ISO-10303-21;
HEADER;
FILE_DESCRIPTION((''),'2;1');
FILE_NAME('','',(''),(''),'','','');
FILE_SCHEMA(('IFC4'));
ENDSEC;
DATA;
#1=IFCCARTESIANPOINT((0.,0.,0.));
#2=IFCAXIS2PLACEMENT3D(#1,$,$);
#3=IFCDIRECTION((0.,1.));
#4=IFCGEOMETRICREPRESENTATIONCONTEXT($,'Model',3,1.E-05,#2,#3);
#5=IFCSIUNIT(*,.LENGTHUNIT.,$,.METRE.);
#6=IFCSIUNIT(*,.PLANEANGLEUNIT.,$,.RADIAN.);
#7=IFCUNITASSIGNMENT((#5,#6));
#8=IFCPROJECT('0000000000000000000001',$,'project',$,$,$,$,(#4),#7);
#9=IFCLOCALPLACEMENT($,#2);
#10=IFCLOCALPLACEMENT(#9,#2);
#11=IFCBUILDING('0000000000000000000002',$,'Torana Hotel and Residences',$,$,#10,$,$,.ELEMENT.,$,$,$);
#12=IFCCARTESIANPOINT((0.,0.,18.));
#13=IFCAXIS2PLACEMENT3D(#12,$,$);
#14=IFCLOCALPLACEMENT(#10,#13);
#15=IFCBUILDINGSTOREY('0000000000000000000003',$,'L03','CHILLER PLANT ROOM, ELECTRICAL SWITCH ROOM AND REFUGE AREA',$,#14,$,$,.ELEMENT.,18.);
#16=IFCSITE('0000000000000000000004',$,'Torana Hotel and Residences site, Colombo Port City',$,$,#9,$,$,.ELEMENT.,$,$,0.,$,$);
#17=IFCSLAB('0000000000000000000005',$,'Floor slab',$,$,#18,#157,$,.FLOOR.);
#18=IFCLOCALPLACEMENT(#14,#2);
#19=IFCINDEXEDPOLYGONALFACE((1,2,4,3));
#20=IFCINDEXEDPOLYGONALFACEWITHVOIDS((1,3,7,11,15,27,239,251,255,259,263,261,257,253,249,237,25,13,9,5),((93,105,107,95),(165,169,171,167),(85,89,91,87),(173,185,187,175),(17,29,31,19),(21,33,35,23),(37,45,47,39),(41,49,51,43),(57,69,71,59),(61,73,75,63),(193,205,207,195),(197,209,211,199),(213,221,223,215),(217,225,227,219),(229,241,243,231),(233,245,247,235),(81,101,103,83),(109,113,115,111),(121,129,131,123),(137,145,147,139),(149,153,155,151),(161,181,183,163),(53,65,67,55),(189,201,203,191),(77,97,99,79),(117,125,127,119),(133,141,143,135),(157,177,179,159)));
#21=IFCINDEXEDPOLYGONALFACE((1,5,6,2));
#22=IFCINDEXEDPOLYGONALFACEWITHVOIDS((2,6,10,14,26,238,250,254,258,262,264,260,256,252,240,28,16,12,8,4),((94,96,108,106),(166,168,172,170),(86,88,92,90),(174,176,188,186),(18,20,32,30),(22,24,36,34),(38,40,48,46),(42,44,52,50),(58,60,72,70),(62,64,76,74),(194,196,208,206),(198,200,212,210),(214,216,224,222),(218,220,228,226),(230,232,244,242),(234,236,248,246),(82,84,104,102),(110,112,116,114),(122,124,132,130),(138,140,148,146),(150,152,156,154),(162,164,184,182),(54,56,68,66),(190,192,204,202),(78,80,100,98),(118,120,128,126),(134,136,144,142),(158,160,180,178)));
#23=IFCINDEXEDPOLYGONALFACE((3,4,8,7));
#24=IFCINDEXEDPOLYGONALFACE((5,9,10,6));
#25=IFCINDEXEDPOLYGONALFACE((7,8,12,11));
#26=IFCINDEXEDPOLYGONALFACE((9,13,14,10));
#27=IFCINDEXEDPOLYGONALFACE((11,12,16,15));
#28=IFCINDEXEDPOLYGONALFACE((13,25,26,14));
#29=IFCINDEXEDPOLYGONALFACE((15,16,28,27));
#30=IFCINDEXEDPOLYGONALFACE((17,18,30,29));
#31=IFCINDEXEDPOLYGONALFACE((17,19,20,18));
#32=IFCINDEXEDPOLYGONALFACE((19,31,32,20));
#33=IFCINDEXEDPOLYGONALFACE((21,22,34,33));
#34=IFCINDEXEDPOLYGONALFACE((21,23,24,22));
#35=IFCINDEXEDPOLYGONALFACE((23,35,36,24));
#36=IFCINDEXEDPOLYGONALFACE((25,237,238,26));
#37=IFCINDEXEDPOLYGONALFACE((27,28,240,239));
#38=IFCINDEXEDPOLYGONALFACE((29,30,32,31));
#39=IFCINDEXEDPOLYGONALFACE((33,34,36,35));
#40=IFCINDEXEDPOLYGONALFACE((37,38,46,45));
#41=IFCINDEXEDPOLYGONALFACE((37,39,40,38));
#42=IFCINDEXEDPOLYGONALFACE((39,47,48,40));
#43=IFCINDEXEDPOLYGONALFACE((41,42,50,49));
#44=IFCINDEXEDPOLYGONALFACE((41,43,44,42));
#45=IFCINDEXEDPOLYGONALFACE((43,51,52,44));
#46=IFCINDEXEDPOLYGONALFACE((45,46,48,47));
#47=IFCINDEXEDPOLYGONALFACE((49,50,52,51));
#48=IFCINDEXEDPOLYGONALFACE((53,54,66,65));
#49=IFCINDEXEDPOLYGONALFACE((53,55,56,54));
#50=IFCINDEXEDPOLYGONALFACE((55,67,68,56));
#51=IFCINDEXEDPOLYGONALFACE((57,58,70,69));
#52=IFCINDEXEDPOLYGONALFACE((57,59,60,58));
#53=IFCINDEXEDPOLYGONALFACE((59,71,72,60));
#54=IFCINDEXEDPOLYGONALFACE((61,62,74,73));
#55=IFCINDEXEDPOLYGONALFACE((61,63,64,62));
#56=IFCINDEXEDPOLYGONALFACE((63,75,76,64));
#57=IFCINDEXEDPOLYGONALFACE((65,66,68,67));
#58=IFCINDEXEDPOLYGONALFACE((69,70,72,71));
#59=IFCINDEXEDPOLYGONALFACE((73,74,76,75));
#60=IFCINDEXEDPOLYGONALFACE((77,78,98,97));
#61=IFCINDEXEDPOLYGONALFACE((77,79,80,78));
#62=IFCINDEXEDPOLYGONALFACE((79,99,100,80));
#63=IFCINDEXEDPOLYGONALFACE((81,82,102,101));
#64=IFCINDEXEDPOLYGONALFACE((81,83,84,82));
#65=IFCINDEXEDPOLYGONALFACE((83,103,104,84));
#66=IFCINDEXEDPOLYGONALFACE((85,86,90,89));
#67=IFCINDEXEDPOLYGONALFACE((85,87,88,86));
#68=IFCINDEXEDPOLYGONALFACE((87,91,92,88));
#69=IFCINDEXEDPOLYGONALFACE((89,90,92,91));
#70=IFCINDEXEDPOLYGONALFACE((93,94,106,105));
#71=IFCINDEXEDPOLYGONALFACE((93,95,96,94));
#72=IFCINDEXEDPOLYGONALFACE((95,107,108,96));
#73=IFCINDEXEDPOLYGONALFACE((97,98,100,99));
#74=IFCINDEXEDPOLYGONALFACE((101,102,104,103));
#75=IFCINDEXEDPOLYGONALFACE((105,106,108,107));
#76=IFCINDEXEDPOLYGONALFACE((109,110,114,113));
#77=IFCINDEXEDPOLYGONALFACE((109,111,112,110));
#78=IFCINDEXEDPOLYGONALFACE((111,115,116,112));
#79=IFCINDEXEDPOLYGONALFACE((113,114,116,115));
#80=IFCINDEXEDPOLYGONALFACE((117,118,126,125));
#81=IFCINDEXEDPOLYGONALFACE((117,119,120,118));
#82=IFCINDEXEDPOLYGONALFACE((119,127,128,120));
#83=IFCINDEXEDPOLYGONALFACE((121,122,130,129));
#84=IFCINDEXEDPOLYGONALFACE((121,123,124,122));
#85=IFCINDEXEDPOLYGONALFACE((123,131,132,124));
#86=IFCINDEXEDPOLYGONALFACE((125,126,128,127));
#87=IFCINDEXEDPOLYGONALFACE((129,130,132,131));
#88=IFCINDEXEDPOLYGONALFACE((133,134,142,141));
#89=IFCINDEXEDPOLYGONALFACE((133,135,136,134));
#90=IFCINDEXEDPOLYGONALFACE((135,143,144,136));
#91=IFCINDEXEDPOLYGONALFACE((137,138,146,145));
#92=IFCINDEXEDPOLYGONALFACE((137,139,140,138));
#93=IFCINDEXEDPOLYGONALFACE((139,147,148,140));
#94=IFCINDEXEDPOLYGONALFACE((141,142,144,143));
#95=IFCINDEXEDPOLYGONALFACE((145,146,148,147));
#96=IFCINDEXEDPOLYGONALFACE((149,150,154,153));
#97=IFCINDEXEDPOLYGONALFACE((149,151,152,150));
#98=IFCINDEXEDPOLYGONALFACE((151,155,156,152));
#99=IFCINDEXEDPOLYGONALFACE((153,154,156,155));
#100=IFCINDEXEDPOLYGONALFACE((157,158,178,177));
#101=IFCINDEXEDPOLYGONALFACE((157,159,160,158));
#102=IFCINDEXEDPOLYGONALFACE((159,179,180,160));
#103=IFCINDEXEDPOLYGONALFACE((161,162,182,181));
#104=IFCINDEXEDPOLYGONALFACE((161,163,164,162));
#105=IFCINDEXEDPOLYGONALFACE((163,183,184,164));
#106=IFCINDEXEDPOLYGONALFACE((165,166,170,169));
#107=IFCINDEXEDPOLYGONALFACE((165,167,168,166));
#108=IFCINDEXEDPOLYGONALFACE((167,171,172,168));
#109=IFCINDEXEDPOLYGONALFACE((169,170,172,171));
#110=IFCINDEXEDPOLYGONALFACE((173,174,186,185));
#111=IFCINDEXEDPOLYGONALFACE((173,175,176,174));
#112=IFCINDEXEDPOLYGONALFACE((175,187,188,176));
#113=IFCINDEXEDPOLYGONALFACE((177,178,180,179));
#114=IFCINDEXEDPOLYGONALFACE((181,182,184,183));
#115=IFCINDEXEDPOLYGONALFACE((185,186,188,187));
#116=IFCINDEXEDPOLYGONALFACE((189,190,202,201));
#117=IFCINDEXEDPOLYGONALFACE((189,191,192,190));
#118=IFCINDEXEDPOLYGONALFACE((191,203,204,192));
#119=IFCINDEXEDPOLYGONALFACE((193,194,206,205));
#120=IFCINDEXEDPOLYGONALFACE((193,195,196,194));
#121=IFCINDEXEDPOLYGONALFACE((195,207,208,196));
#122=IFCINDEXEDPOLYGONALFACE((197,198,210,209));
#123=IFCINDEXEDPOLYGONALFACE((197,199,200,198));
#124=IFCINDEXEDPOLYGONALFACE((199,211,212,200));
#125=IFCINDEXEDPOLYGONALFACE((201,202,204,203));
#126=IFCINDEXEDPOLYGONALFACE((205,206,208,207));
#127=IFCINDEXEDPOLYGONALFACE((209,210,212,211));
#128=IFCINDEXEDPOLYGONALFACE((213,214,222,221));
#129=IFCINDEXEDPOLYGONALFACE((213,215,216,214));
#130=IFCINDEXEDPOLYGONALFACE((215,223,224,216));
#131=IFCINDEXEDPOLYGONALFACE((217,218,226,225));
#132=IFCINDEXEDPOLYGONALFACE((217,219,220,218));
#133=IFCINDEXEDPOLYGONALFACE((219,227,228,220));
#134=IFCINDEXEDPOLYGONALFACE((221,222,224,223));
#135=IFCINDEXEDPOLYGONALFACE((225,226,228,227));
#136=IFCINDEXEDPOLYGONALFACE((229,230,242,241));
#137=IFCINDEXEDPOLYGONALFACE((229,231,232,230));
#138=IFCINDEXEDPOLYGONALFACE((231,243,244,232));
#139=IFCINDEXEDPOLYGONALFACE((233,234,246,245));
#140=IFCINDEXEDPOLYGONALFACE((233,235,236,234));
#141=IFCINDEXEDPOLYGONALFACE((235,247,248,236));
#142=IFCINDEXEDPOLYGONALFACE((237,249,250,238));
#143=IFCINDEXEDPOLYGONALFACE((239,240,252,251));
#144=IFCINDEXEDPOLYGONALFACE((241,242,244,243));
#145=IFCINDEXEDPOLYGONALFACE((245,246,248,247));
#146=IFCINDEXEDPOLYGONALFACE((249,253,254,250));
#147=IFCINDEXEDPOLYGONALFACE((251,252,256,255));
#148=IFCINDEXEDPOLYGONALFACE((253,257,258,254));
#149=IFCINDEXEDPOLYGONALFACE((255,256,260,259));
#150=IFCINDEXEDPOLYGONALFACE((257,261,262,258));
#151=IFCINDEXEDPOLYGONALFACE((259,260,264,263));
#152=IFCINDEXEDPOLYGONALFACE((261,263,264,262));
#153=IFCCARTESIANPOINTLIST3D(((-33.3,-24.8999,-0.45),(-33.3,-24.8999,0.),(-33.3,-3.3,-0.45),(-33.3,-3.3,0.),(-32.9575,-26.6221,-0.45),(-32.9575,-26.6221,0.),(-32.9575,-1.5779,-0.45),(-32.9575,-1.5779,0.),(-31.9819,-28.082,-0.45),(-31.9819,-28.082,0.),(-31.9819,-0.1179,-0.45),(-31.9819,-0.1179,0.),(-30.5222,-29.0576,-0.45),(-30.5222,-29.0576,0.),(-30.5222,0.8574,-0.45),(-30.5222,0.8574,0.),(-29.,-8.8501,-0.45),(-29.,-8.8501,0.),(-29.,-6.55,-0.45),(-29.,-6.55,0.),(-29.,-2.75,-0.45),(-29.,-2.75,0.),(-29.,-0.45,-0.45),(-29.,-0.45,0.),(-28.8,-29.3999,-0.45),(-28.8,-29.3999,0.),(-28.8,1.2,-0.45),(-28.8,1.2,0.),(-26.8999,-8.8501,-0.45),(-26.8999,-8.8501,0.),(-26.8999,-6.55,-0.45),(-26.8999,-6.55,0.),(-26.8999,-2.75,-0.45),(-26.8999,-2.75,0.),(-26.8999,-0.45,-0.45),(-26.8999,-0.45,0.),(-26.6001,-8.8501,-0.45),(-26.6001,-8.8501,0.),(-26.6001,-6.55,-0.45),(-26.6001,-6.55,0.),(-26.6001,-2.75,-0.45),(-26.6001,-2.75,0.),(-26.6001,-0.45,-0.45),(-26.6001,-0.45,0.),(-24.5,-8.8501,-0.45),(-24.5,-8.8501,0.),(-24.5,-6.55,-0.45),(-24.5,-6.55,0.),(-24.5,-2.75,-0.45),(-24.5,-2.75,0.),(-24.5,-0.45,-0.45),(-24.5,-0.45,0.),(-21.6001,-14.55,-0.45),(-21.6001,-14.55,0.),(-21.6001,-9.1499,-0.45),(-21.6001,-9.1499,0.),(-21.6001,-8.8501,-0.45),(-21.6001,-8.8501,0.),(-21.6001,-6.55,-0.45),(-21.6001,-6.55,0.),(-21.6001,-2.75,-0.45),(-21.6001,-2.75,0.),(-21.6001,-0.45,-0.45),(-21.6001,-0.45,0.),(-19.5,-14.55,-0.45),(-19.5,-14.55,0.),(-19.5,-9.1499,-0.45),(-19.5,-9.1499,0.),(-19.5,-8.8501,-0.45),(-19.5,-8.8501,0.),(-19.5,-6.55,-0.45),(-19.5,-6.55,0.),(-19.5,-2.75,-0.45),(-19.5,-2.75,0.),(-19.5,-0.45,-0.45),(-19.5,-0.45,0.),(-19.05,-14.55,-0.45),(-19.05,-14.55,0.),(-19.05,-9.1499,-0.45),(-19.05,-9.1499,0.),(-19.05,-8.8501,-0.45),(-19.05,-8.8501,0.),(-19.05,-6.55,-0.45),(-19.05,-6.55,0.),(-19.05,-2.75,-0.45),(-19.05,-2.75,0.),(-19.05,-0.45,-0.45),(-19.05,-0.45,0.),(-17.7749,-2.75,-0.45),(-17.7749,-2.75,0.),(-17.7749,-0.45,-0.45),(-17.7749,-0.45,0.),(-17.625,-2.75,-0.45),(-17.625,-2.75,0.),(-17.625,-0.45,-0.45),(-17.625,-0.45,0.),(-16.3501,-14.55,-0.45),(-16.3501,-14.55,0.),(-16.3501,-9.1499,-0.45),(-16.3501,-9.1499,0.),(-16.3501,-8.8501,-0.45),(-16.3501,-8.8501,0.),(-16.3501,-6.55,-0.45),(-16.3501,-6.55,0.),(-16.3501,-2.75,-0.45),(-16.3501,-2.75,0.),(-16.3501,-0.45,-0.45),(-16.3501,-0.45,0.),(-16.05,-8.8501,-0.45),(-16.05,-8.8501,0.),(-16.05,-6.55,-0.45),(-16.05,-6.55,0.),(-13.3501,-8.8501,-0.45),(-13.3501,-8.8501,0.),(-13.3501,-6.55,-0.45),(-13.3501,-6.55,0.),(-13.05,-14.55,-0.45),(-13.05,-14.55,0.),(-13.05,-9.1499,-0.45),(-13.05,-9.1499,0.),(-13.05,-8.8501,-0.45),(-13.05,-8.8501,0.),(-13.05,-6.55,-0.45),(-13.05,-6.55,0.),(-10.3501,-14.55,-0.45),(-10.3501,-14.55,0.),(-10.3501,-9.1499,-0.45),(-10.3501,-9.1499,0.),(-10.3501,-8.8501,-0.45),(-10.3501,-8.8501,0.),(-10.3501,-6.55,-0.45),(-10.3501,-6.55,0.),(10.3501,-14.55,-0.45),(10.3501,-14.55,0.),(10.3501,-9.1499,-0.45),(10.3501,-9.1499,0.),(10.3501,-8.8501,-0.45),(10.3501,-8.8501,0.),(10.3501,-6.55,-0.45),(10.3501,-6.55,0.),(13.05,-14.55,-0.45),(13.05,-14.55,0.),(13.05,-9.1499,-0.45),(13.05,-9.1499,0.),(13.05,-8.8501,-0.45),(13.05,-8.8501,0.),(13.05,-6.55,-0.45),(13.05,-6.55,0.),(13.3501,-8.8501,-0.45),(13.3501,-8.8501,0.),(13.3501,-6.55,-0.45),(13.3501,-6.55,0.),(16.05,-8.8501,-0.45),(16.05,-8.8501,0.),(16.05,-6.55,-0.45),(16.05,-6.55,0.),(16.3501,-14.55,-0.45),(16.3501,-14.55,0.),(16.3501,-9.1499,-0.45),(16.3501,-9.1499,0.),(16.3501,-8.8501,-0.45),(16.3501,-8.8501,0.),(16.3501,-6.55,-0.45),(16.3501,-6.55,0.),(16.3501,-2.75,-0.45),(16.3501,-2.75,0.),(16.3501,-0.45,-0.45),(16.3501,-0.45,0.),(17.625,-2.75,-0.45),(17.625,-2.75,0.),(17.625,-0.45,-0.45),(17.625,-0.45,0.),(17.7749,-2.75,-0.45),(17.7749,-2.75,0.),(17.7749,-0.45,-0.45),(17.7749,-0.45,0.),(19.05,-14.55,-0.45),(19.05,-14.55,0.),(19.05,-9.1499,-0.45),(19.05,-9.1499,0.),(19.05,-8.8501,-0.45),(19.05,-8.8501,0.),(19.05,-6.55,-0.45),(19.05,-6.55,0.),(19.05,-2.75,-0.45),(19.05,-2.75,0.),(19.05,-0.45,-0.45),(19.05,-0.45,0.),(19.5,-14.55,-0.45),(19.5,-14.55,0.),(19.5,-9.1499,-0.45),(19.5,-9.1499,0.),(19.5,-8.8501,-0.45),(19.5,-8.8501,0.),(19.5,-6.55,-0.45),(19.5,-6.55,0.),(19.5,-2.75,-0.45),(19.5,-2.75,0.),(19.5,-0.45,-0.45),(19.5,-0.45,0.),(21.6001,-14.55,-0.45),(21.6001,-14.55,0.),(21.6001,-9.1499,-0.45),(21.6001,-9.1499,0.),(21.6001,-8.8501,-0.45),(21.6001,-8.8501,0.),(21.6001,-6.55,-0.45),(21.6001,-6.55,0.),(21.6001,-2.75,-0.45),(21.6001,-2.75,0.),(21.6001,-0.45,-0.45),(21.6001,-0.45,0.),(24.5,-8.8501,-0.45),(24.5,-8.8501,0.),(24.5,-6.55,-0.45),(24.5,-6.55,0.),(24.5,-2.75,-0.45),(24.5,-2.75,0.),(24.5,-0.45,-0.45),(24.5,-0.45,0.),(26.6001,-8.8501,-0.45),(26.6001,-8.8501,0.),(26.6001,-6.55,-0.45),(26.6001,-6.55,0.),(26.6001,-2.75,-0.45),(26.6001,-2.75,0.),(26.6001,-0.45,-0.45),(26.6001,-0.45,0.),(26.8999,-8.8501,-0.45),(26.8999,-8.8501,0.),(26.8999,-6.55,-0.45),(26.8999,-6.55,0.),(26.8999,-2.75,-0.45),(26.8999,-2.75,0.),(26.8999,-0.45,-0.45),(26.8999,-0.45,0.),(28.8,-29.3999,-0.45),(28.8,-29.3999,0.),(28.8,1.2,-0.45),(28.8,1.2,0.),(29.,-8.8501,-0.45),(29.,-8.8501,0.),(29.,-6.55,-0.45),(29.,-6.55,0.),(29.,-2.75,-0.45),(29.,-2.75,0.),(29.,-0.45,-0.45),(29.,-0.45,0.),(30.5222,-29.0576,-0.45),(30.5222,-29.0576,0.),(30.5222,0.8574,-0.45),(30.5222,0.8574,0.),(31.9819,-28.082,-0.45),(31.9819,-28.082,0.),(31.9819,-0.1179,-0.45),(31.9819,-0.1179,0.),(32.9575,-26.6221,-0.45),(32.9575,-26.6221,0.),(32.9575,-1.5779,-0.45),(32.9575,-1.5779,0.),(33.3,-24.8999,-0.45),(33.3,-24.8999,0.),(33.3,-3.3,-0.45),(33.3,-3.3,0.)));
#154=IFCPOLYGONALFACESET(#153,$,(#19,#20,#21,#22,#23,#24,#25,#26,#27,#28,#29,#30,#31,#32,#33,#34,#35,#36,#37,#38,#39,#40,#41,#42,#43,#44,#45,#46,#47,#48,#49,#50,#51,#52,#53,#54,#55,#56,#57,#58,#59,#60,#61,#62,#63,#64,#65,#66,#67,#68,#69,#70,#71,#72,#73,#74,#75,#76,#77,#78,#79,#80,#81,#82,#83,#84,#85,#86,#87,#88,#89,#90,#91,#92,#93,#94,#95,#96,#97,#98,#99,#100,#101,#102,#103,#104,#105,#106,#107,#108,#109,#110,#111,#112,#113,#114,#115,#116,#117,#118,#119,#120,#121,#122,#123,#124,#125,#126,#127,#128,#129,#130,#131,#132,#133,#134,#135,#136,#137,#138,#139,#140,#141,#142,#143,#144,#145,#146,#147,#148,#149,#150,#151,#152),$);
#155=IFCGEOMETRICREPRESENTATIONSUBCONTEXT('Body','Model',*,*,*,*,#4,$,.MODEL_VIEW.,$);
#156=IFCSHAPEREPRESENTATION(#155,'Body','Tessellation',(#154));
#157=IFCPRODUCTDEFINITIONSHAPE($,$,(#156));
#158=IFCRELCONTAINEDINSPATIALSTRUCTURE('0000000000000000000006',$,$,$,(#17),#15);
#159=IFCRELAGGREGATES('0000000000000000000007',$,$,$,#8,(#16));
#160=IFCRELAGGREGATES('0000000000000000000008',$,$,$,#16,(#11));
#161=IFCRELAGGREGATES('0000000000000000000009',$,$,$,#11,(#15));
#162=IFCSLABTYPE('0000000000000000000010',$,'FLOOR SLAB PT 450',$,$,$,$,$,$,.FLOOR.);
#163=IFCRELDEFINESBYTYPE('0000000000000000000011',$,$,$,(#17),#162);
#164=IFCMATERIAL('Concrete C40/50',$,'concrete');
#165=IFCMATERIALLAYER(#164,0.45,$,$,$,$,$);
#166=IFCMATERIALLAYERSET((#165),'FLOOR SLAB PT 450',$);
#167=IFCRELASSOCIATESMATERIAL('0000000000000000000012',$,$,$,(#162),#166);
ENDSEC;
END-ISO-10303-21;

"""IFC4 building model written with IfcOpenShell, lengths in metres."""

from ifc_helpers import new_model, si_unit, direction, frame, origin, place, context, subcontext, project, spatial, polyline, outline, extrude, material, layer, layer_set, type_object, element, save


model = new_model("IFC4")

# Units and contexts
model_context = context("Model", 3, precision=1e-05, world=origin(), true_north=direction((0.0, 1.0)))
body_context = subcontext(model_context, "Body", "Model", "MODEL_VIEW")
ifc_project = project(units=[si_unit("LENGTHUNIT", "METRE"), si_unit("PLANEANGLEUNIT", "RADIAN")], contexts=[model_context])

# Site, building, storey
site_placement = place(None, origin())
site = spatial("IfcSite", under=ifc_project, at=site_placement, Name="Torana Hotel and Residences site, Colombo Port City", CompositionType="ELEMENT", RefElevation=0.0)
building_placement = place(site_placement, origin())
building = spatial("IfcBuilding", under=site, at=building_placement, Name="Torana Hotel and Residences", CompositionType="ELEMENT")
storey_placement = place(building_placement, frame((0.0, 0.0, 18.0)))
storey = spatial("IfcBuildingStorey", under=building, at=storey_placement, Name="L03", Description="CHILLER PLANT ROOM, ELECTRICAL SWITCH ROOM AND REFUGE AREA", CompositionType="ELEMENT", Elevation=18.0)

# Slab
ifc_material_1 = material(Name="Concrete C40/50", Category="concrete")
ifc_layer_1 = layer(ifc_material_1, 0.45)
ifc_layer_set_1 = layer_set([ifc_layer_1], Name="FLOOR SLAB PT 450")
slab_type = type_object("IfcSlabType", Name="FLOOR SLAB PT 450", PredefinedType="FLOOR", material=ifc_layer_set_1)
slab_placement = place(storey_placement, frame((0.0, 0.0, -0.45)))
element("IfcSlab", 1, at=slab_placement, inside=storey, type_object=slab_type, Name="Floor slab", PredefinedType="FLOOR", context=body_context, shape_type="SweptSolid", body=[
    extrude(outline(polyline([(33.3, -3.3), (32.9575, -1.5779), (31.9819, -0.1179), (30.5222, 0.8574), (28.8, 1.2), (-28.8, 1.2), (-30.5222, 0.8574), (-31.9819, -0.1179), (-32.9575, -1.5779), (-33.3, -3.3), (-33.3, -24.8999), (-32.9575, -26.6221), (-31.9819, -28.082), (-30.5222, -29.0576), (-28.8, -29.3999), (28.8, -29.3999), (30.5222, -29.0576), (31.9819, -28.082), (32.9575, -26.6221), (33.3, -24.8999), (33.3, -3.3)]), holes=[polyline([(-13.05, -14.55), (-10.3501, -14.55), (-10.3501, -9.1499), (-13.05, -9.1499), (-13.05, -14.55)]), polyline([(-19.05, -14.55), (-16.3501, -14.55), (-16.3501, -9.1499), (-19.05, -9.1499), (-19.05, -14.55)]), polyline([(-17.625, -2.75), (-16.3501, -2.75), (-16.3501, -0.45), (-17.625, -0.45), (-17.625, -2.75)]), polyline([(-19.05, -2.75), (-17.7749, -2.75), (-17.7749, -0.45), (-19.05, -0.45), (-19.05, -2.75)]), polyline([(-26.6001, -2.75), (-24.5, -2.75), (-24.5, -0.45), (-26.6001, -0.45), (-26.6001, -2.75)]), polyline([(-29.0, -2.75), (-26.8999, -2.75), (-26.8999, -0.45), (-29.0, -0.45), (-29.0, -2.75)]), polyline([(-26.6001, -8.8501), (-24.5, -8.8501), (-24.5, -6.55), (-26.6001, -6.55), (-26.6001, -8.8501)]), polyline([(-29.0, -8.8501), (-26.8999, -8.8501), (-26.8999, -6.55), (-29.0, -6.55), (-29.0, -8.8501)]), polyline([(-21.6001, -2.75), (-19.5, -2.75), (-19.5, -0.45), (-21.6001, -0.45), (-21.6001, -2.75)]), polyline([(-21.6001, -8.8501), (-19.5, -8.8501), (-19.5, -6.55), (-21.6001, -6.55), (-21.6001, -8.8501)]), polyline([(-13.05, -8.8501), (-10.3501, -8.8501), (-10.3501, -6.55), (-13.05, -6.55), (-13.05, -8.8501)]), polyline([(-16.05, -8.8501), (-13.3501, -8.8501), (-13.3501, -6.55), (-16.05, -6.55), (-16.05, -8.8501)]), polyline([(-19.05, -8.8501), (-16.3501, -8.8501), (-16.3501, -6.55), (-19.05, -6.55), (-19.05, -8.8501)]), polyline([(-21.6001, -14.55), (-19.5, -14.55), (-19.5, -9.1499), (-21.6001, -9.1499), (-21.6001, -14.55)]), polyline([(10.3501, -14.55), (13.05, -14.55), (13.05, -9.1499), (10.3501, -9.1499), (10.3501, -14.55)]), polyline([(16.3501, -14.55), (19.05, -14.55), (19.05, -9.1499), (16.3501, -9.1499), (16.3501, -14.55)]), polyline([(16.3501, -2.75), (17.625, -2.75), (17.625, -0.45), (16.3501, -0.45), (16.3501, -2.75)]), polyline([(17.7749, -2.75), (19.05, -2.75), (19.05, -0.45), (17.7749, -0.45), (17.7749, -2.75)]), polyline([(24.5, -2.75), (26.6001, -2.75), (26.6001, -0.45), (24.5, -0.45), (24.5, -2.75)]), polyline([(26.8999, -2.75), (29.0, -2.75), (29.0, -0.45), (26.8999, -0.45), (26.8999, -2.75)]), polyline([(24.5, -8.8501), (26.6001, -8.8501), (26.6001, -6.55), (24.5, -6.55), (24.5, -8.8501)]), polyline([(26.8999, -8.8501), (29.0, -8.8501), (29.0, -6.55), (26.8999, -6.55), (26.8999, -8.8501)]), polyline([(19.5, -2.75), (21.6001, -2.75), (21.6001, -0.45), (19.5, -0.45), (19.5, -2.75)]), polyline([(19.5, -8.8501), (21.6001, -8.8501), (21.6001, -6.55), (19.5, -6.55), (19.5, -8.8501)]), polyline([(10.3501, -8.8501), (13.05, -8.8501), (13.05, -6.55), (10.3501, -6.55), (10.3501, -8.8501)]), polyline([(13.3501, -8.8501), (16.05, -8.8501), (16.05, -6.55), (13.3501, -6.55), (13.3501, -8.8501)]), polyline([(16.3501, -8.8501), (19.05, -8.8501), (19.05, -6.55), (16.3501, -6.55), (16.3501, -8.8501)]), polyline([(19.5, -14.55), (21.6001, -14.55), (21.6001, -9.1499), (19.5, -9.1499), (19.5, -14.55)])]), origin(), (0.0, 0.0, 1.0), 0.45),
])

save(model, "model.ifc")
